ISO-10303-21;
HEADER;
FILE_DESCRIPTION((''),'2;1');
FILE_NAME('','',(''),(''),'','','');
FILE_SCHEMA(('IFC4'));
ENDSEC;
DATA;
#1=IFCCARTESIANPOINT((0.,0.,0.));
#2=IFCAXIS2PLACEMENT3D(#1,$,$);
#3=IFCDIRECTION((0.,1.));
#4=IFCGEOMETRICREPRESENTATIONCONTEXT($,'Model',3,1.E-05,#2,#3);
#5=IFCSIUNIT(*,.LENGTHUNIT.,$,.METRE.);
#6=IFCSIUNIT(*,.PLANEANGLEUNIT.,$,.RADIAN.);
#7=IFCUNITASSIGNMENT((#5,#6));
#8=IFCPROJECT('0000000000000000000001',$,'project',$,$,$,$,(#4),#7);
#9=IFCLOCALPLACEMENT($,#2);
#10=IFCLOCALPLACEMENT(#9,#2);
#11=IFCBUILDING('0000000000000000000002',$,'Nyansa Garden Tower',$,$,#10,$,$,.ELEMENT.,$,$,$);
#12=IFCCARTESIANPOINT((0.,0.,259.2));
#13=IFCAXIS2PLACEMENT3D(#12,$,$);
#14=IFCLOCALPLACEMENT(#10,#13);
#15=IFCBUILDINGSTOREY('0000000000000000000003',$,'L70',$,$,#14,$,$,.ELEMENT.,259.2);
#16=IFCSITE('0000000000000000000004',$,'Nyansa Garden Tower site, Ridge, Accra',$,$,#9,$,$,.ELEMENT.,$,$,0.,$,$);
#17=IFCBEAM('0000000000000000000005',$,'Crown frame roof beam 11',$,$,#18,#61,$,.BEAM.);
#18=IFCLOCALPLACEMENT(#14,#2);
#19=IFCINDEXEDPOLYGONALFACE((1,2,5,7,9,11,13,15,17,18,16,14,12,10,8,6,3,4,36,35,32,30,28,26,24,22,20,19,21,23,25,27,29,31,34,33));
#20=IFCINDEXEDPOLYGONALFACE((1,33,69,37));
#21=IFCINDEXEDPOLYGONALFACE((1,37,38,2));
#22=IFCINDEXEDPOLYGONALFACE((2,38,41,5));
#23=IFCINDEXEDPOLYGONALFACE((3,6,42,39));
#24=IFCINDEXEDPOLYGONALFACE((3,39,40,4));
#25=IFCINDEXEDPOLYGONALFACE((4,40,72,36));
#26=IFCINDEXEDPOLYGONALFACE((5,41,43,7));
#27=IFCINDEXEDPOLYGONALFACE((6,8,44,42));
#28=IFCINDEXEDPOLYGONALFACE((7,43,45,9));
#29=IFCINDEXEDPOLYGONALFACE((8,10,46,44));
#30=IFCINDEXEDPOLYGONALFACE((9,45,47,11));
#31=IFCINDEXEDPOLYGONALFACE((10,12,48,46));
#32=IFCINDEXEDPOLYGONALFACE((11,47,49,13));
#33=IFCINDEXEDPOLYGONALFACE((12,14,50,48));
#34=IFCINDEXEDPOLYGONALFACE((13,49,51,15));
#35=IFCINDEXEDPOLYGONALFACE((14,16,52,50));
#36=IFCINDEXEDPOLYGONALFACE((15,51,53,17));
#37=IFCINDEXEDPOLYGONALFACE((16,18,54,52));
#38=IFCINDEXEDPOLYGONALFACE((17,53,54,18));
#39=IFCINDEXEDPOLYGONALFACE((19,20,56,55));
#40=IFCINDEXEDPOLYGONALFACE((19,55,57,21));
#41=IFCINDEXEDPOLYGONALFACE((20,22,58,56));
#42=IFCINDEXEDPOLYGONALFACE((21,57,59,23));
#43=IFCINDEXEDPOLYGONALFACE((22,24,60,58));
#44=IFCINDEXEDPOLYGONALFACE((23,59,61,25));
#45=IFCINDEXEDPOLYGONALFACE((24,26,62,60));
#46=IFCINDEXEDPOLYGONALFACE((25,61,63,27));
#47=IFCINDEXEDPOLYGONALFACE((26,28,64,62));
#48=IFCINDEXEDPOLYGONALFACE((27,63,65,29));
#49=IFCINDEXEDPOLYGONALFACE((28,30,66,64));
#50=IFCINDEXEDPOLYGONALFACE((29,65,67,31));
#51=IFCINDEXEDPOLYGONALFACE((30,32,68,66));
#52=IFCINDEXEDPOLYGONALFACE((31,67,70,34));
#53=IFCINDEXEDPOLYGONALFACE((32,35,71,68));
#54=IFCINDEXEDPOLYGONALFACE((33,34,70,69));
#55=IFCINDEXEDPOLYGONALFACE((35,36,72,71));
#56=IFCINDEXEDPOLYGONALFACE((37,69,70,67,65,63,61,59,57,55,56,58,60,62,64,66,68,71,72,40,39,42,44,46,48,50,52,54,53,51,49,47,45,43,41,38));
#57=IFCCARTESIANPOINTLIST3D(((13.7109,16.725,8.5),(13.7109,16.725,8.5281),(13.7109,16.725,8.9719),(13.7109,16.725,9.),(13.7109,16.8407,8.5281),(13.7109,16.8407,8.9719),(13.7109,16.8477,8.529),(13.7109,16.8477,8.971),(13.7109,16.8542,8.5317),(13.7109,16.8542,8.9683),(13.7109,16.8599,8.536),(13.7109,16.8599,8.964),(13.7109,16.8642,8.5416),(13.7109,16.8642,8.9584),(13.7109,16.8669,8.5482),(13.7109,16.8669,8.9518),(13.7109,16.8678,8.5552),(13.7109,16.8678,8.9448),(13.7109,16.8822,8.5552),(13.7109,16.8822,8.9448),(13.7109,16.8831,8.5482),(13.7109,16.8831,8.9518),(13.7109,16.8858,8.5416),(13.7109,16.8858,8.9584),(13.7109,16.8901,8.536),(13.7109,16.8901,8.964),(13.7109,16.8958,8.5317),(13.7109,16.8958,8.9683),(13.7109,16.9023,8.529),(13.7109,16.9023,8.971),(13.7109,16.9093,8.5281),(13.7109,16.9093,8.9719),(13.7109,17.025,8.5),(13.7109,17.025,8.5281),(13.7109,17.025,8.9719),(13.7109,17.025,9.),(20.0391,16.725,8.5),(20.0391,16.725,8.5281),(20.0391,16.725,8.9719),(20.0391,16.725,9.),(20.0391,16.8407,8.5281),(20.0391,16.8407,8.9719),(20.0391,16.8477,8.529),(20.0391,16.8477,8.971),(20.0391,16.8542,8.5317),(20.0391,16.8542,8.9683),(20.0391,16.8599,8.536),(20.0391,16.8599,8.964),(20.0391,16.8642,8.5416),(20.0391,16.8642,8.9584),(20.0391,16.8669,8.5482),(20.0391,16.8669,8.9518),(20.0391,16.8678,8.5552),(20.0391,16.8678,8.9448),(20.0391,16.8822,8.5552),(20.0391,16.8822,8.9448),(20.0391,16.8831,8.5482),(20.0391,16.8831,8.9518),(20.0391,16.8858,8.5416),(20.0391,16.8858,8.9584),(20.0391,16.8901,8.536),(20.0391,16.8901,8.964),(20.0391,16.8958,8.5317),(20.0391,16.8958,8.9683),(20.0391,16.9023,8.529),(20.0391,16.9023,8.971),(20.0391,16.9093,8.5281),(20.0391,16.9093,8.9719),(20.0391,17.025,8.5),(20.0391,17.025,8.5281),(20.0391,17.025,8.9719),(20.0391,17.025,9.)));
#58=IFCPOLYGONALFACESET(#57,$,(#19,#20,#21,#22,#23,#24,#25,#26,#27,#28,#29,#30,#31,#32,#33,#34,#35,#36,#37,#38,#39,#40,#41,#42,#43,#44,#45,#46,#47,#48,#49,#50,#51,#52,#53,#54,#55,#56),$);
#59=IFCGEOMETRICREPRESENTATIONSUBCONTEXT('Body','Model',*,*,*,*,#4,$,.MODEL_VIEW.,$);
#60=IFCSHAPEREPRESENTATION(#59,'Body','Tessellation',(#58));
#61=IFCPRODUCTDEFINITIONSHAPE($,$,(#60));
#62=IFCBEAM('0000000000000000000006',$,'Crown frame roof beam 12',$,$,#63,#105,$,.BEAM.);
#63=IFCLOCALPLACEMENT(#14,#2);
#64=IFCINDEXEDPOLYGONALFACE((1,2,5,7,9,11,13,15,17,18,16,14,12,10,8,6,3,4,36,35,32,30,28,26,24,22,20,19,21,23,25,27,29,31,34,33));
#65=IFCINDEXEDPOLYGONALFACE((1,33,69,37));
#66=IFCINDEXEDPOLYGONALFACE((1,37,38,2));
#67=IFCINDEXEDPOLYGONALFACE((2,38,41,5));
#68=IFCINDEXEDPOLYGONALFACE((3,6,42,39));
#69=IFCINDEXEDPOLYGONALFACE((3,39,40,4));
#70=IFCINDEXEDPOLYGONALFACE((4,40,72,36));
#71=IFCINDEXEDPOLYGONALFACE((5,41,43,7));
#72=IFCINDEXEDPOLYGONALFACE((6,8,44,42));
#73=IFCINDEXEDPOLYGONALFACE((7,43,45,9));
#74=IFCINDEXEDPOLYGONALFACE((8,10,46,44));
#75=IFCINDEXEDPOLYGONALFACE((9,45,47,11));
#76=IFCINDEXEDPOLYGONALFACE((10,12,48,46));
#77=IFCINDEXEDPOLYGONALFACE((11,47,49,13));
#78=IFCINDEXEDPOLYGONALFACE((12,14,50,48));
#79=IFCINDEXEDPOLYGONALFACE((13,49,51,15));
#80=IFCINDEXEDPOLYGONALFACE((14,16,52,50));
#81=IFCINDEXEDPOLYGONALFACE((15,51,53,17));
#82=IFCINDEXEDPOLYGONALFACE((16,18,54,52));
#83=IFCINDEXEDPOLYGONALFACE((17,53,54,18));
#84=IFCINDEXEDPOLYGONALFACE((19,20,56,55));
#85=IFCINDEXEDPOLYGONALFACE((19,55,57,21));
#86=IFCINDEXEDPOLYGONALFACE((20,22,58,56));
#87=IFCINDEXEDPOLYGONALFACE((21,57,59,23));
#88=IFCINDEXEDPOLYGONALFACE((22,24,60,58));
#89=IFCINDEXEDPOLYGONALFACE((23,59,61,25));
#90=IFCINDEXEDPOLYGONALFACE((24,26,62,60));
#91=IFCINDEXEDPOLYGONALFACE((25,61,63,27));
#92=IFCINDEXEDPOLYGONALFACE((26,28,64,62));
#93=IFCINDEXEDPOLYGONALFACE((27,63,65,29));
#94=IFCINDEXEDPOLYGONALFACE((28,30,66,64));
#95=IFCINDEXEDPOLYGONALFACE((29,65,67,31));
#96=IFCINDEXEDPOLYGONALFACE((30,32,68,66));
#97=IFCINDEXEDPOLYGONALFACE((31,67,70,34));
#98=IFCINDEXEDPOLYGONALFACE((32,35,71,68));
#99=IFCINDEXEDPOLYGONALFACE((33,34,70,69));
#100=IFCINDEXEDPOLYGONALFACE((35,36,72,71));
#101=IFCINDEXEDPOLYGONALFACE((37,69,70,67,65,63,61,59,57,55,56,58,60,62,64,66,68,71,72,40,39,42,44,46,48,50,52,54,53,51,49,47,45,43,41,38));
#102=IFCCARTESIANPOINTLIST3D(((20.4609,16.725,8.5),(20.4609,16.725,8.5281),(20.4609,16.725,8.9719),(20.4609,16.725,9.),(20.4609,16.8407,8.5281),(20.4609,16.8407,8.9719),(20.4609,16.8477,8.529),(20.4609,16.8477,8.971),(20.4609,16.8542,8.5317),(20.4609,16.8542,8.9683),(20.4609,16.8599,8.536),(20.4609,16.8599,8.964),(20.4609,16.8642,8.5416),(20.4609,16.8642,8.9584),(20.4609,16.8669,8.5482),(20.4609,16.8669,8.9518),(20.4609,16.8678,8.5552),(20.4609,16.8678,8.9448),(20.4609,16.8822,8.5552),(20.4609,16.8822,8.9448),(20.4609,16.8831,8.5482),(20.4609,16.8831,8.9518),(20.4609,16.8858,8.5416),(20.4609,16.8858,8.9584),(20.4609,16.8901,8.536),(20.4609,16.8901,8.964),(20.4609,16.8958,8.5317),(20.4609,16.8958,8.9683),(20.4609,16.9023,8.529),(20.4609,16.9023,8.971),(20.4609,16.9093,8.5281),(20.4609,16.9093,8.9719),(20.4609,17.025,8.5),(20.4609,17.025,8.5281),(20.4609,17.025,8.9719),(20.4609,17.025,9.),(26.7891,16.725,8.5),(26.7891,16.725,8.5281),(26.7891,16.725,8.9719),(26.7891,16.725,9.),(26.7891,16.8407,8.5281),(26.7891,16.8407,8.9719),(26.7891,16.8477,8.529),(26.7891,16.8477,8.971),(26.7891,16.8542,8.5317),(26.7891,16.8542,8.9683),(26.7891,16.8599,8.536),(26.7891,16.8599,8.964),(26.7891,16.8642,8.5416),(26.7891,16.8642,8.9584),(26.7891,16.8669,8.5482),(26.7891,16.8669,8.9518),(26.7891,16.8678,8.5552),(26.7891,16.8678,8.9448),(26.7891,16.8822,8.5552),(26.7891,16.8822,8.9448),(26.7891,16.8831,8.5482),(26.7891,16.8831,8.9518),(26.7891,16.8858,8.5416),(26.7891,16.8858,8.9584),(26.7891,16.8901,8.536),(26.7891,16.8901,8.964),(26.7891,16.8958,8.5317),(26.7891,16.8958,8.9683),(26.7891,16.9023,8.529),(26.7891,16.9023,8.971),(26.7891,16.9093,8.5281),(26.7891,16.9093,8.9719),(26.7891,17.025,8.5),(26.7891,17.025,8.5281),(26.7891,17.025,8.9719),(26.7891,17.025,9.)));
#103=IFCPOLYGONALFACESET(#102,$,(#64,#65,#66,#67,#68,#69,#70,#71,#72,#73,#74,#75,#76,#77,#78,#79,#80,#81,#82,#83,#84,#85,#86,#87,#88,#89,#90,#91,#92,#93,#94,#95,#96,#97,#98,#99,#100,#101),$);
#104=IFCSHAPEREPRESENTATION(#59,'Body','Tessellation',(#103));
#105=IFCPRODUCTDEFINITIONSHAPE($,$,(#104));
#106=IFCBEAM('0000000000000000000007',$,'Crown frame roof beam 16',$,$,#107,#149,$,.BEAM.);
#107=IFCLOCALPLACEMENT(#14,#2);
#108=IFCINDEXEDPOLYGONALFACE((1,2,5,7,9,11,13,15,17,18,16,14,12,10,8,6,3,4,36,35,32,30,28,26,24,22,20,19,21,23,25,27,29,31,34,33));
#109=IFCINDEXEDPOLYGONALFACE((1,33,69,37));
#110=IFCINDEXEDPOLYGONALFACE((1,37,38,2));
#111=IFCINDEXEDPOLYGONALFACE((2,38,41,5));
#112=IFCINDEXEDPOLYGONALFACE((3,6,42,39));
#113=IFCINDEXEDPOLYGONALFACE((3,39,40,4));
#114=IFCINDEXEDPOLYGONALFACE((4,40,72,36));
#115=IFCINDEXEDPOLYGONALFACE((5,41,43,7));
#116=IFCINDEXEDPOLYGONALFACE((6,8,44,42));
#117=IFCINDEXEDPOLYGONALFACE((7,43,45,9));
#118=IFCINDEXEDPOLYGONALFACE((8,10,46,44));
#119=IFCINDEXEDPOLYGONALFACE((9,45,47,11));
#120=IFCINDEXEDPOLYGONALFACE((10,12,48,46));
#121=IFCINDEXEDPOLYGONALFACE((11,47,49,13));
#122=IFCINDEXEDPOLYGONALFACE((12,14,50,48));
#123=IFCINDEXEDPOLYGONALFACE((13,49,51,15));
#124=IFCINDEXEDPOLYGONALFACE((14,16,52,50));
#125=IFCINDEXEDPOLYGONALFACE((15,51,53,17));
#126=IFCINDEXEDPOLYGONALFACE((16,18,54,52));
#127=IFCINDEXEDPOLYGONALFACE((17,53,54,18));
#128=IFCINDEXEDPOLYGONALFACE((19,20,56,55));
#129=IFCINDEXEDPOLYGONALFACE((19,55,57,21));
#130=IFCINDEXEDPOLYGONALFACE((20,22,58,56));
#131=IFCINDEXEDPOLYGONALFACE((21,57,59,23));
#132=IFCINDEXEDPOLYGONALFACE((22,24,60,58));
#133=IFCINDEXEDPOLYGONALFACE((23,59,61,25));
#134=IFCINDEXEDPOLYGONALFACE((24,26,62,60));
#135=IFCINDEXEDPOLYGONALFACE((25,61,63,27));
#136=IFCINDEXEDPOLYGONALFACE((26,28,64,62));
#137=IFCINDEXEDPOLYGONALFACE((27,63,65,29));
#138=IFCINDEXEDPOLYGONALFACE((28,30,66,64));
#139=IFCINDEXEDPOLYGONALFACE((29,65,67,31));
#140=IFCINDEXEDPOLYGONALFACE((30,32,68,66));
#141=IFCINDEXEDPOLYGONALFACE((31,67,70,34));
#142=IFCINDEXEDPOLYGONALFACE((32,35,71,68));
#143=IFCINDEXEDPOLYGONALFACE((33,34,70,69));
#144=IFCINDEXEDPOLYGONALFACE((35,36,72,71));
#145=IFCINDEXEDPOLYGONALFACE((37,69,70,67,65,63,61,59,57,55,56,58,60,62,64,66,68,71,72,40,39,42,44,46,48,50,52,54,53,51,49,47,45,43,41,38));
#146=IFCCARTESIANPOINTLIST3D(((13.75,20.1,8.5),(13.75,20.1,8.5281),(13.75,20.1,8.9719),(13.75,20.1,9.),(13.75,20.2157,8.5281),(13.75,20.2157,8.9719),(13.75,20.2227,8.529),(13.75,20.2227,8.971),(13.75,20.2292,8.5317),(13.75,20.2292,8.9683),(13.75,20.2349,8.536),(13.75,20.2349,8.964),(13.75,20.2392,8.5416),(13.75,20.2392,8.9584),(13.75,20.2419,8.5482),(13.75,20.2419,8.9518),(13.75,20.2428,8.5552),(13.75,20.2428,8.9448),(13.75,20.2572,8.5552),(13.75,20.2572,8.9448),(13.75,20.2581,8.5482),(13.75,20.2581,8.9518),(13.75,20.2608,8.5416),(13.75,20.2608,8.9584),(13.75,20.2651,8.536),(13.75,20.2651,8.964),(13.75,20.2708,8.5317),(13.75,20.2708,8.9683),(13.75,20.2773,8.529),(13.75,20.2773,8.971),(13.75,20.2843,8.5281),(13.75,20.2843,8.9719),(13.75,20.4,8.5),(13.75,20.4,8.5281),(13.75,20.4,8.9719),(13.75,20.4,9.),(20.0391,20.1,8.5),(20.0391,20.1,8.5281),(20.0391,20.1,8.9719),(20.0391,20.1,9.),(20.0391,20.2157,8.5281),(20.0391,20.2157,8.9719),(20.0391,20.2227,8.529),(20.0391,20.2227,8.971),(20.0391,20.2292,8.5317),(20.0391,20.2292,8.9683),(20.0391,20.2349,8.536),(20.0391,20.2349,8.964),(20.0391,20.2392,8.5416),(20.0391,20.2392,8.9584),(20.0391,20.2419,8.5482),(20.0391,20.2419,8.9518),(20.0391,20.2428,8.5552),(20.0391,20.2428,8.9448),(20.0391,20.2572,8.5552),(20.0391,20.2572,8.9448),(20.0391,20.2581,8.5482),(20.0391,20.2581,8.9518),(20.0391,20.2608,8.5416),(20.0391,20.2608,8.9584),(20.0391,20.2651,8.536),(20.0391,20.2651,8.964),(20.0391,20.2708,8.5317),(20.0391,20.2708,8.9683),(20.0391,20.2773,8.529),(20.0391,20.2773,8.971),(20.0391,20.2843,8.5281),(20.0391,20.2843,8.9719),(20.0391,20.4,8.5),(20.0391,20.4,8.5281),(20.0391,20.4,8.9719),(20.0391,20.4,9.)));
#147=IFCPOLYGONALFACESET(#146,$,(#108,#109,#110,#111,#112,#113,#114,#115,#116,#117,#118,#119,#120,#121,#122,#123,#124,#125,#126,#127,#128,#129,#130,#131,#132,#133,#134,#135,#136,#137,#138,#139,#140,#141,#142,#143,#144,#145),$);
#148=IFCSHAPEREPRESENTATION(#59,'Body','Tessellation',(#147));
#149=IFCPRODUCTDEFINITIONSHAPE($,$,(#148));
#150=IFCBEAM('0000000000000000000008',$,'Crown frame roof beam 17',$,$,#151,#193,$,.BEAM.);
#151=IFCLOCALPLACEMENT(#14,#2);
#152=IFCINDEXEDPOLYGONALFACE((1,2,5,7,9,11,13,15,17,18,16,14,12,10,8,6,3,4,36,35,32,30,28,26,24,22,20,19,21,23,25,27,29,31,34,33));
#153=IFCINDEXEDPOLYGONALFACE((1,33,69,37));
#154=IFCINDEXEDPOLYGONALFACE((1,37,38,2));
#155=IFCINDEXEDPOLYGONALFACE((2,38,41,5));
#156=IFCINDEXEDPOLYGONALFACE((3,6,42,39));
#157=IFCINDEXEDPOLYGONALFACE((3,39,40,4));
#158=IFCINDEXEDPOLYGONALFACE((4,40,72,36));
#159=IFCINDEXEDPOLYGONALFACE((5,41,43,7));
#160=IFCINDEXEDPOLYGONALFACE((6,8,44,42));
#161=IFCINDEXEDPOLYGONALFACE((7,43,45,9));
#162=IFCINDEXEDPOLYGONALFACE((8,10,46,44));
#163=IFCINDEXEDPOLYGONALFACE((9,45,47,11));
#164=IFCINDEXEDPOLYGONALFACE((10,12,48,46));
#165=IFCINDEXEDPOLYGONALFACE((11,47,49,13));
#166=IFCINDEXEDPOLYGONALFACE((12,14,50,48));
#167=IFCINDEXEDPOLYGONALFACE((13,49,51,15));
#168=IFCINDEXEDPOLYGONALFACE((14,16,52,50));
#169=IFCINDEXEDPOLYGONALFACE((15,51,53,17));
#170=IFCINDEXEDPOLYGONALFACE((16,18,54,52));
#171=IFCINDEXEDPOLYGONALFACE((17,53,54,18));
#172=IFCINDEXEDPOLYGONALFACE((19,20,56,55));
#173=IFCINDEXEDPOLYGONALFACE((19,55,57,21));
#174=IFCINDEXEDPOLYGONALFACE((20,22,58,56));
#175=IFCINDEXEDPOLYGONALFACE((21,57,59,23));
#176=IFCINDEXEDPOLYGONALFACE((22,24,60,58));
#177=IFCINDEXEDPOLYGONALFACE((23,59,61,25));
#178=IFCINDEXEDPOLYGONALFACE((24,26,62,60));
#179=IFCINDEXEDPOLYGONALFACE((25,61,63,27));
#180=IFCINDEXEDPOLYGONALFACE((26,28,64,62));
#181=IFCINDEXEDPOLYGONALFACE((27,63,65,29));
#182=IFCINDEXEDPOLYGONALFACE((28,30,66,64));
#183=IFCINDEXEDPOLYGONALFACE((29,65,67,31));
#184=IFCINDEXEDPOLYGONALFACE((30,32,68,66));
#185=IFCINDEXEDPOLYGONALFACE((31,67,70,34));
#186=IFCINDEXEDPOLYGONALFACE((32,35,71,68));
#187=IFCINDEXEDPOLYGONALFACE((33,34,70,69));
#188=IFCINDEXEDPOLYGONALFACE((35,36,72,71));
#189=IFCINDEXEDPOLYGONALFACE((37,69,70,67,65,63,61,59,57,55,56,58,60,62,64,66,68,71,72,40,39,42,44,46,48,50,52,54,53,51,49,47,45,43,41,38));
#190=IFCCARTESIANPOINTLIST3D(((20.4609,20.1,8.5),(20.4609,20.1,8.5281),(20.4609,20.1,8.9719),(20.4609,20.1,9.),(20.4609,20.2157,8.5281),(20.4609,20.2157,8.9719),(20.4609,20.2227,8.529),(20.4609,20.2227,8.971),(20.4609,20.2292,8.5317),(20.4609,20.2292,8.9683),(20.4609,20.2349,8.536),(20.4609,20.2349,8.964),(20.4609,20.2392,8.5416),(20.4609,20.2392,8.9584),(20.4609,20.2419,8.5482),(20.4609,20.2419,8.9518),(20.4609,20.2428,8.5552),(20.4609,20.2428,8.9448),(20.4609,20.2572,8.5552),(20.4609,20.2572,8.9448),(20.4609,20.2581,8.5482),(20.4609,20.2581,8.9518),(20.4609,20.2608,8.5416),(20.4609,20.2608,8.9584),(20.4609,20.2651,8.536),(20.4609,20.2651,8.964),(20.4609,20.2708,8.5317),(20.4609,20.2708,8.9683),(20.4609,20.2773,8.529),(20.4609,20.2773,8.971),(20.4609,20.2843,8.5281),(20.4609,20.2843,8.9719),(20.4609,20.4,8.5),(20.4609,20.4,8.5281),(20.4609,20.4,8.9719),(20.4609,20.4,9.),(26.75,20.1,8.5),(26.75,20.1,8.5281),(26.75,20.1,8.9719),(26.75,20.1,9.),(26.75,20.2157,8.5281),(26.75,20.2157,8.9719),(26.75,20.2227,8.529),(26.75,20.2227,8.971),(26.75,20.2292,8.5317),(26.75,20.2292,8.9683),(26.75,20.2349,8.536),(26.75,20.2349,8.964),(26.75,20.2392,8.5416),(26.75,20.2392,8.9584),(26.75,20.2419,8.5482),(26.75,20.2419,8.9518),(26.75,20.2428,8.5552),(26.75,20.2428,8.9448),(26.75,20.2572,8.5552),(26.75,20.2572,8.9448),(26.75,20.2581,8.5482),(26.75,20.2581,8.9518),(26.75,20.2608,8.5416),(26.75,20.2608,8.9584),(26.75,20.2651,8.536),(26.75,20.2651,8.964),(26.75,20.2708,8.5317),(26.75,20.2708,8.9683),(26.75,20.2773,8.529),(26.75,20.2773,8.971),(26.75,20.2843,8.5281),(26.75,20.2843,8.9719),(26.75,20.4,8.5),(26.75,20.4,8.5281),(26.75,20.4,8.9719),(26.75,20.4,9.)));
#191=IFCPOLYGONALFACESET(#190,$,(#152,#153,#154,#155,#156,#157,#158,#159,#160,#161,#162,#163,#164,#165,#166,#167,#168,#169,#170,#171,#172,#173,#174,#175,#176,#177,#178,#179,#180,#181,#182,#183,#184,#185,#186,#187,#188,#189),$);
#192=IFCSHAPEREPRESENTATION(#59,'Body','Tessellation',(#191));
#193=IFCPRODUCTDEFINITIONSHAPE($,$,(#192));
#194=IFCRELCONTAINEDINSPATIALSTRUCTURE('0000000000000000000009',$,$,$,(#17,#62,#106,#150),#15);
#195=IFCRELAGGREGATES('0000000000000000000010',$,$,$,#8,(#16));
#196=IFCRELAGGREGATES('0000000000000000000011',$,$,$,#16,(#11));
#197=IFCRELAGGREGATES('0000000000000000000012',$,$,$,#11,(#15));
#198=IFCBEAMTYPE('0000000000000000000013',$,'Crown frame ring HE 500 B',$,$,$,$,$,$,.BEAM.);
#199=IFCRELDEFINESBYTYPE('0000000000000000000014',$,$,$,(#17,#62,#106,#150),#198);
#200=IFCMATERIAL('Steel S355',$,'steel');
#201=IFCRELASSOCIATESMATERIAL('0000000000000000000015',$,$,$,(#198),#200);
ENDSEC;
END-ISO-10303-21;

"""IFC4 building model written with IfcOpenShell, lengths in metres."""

from ifc_helpers import new_model, si_unit, direction, frame, origin, origin_2d, place, context, subcontext, project, spatial, i_section, extrude, material, material_profile, profile_set, type_object, element, save


model = new_model("IFC4")

# Units and contexts
model_context = context("Model", 3, precision=1e-05, world=origin(), true_north=direction((0.0, 1.0)))
body_context = subcontext(model_context, "Body", "Model", "MODEL_VIEW")
ifc_project = project(units=[si_unit("LENGTHUNIT", "METRE"), si_unit("PLANEANGLEUNIT", "RADIAN")], contexts=[model_context])

# Site, building, storey
site_placement = place(None, origin())
site = spatial("IfcSite", under=ifc_project, at=site_placement, Name="Nyansa Garden Tower site, Ridge, Accra", CompositionType="ELEMENT", RefElevation=0.0)
building_placement = place(site_placement, origin())
building = spatial("IfcBuilding", under=site, at=building_placement, Name="Nyansa Garden Tower", CompositionType="ELEMENT")
storey_placement = place(building_placement, frame((0.0, 0.0, 259.2)))
storey = spatial("IfcBuildingStorey", under=building, at=storey_placement, Name="L70", CompositionType="ELEMENT", Elevation=259.2)

# Beams
ifc_material_1 = material(Name="Steel S355", Category="steel")
ifc_material_profile_1 = material_profile(ifc_material_1, i_section(OverallWidth=0.3, OverallDepth=0.5, WebThickness=0.0144, FlangeThickness=0.0281, FilletRadius=0.0271, at=origin_2d()), Name="HE 500 B")
ifc_profile_set_1 = profile_set([ifc_material_profile_1], Name="Steel S355")
beam_type_1 = type_object("IfcBeamType", Name="Crown frame ring HE 500 B", PredefinedType="BEAM", material=ifc_profile_set_1)
for number, where, z_axis, x_axis, name in (
    (1, (13.7109, 16.875, 8.75), (1.0, 0.0, 0.0), (0.0, 1.0, 0.0), "Crown frame roof beam 11"),
    (2, (20.4609, 16.875, 8.75), (1.0, 0.0, 0.0), (0.0, 1.0, 0.0), "Crown frame roof beam 12"),
):
    element("IfcBeam", number, at=place(storey_placement, frame(where, z_axis=z_axis, x_axis=x_axis)), inside=storey, type_object=beam_type_1, Name=name, PredefinedType="BEAM", context=body_context, shape_type="SweptSolid", body=[
        extrude(i_section(OverallWidth=0.3, OverallDepth=0.5, WebThickness=0.0144, FlangeThickness=0.0281, FilletRadius=0.0271, at=origin_2d()), origin(), (0.0, 0.0, 1.0), 6.3281),
    ])
for number, where, z_axis, x_axis, name in (
    (3, (13.75, 20.25, 8.75), (1.0, 0.0, 0.0), (0.0, 1.0, 0.0), "Crown frame roof beam 16"),
    (4, (20.4609, 20.25, 8.75), (1.0, 0.0, 0.0), (0.0, 1.0, 0.0), "Crown frame roof beam 17"),
):
    element("IfcBeam", number, at=place(storey_placement, frame(where, z_axis=z_axis, x_axis=x_axis)), inside=storey, type_object=beam_type_1, Name=name, PredefinedType="BEAM", context=body_context, shape_type="SweptSolid", body=[
        extrude(i_section(OverallWidth=0.3, OverallDepth=0.5, WebThickness=0.0144, FlangeThickness=0.0281, FilletRadius=0.0271, at=origin_2d()), origin(), (0.0, 0.0, 1.0), 6.2891),
    ])

save(model, "model.ifc")
